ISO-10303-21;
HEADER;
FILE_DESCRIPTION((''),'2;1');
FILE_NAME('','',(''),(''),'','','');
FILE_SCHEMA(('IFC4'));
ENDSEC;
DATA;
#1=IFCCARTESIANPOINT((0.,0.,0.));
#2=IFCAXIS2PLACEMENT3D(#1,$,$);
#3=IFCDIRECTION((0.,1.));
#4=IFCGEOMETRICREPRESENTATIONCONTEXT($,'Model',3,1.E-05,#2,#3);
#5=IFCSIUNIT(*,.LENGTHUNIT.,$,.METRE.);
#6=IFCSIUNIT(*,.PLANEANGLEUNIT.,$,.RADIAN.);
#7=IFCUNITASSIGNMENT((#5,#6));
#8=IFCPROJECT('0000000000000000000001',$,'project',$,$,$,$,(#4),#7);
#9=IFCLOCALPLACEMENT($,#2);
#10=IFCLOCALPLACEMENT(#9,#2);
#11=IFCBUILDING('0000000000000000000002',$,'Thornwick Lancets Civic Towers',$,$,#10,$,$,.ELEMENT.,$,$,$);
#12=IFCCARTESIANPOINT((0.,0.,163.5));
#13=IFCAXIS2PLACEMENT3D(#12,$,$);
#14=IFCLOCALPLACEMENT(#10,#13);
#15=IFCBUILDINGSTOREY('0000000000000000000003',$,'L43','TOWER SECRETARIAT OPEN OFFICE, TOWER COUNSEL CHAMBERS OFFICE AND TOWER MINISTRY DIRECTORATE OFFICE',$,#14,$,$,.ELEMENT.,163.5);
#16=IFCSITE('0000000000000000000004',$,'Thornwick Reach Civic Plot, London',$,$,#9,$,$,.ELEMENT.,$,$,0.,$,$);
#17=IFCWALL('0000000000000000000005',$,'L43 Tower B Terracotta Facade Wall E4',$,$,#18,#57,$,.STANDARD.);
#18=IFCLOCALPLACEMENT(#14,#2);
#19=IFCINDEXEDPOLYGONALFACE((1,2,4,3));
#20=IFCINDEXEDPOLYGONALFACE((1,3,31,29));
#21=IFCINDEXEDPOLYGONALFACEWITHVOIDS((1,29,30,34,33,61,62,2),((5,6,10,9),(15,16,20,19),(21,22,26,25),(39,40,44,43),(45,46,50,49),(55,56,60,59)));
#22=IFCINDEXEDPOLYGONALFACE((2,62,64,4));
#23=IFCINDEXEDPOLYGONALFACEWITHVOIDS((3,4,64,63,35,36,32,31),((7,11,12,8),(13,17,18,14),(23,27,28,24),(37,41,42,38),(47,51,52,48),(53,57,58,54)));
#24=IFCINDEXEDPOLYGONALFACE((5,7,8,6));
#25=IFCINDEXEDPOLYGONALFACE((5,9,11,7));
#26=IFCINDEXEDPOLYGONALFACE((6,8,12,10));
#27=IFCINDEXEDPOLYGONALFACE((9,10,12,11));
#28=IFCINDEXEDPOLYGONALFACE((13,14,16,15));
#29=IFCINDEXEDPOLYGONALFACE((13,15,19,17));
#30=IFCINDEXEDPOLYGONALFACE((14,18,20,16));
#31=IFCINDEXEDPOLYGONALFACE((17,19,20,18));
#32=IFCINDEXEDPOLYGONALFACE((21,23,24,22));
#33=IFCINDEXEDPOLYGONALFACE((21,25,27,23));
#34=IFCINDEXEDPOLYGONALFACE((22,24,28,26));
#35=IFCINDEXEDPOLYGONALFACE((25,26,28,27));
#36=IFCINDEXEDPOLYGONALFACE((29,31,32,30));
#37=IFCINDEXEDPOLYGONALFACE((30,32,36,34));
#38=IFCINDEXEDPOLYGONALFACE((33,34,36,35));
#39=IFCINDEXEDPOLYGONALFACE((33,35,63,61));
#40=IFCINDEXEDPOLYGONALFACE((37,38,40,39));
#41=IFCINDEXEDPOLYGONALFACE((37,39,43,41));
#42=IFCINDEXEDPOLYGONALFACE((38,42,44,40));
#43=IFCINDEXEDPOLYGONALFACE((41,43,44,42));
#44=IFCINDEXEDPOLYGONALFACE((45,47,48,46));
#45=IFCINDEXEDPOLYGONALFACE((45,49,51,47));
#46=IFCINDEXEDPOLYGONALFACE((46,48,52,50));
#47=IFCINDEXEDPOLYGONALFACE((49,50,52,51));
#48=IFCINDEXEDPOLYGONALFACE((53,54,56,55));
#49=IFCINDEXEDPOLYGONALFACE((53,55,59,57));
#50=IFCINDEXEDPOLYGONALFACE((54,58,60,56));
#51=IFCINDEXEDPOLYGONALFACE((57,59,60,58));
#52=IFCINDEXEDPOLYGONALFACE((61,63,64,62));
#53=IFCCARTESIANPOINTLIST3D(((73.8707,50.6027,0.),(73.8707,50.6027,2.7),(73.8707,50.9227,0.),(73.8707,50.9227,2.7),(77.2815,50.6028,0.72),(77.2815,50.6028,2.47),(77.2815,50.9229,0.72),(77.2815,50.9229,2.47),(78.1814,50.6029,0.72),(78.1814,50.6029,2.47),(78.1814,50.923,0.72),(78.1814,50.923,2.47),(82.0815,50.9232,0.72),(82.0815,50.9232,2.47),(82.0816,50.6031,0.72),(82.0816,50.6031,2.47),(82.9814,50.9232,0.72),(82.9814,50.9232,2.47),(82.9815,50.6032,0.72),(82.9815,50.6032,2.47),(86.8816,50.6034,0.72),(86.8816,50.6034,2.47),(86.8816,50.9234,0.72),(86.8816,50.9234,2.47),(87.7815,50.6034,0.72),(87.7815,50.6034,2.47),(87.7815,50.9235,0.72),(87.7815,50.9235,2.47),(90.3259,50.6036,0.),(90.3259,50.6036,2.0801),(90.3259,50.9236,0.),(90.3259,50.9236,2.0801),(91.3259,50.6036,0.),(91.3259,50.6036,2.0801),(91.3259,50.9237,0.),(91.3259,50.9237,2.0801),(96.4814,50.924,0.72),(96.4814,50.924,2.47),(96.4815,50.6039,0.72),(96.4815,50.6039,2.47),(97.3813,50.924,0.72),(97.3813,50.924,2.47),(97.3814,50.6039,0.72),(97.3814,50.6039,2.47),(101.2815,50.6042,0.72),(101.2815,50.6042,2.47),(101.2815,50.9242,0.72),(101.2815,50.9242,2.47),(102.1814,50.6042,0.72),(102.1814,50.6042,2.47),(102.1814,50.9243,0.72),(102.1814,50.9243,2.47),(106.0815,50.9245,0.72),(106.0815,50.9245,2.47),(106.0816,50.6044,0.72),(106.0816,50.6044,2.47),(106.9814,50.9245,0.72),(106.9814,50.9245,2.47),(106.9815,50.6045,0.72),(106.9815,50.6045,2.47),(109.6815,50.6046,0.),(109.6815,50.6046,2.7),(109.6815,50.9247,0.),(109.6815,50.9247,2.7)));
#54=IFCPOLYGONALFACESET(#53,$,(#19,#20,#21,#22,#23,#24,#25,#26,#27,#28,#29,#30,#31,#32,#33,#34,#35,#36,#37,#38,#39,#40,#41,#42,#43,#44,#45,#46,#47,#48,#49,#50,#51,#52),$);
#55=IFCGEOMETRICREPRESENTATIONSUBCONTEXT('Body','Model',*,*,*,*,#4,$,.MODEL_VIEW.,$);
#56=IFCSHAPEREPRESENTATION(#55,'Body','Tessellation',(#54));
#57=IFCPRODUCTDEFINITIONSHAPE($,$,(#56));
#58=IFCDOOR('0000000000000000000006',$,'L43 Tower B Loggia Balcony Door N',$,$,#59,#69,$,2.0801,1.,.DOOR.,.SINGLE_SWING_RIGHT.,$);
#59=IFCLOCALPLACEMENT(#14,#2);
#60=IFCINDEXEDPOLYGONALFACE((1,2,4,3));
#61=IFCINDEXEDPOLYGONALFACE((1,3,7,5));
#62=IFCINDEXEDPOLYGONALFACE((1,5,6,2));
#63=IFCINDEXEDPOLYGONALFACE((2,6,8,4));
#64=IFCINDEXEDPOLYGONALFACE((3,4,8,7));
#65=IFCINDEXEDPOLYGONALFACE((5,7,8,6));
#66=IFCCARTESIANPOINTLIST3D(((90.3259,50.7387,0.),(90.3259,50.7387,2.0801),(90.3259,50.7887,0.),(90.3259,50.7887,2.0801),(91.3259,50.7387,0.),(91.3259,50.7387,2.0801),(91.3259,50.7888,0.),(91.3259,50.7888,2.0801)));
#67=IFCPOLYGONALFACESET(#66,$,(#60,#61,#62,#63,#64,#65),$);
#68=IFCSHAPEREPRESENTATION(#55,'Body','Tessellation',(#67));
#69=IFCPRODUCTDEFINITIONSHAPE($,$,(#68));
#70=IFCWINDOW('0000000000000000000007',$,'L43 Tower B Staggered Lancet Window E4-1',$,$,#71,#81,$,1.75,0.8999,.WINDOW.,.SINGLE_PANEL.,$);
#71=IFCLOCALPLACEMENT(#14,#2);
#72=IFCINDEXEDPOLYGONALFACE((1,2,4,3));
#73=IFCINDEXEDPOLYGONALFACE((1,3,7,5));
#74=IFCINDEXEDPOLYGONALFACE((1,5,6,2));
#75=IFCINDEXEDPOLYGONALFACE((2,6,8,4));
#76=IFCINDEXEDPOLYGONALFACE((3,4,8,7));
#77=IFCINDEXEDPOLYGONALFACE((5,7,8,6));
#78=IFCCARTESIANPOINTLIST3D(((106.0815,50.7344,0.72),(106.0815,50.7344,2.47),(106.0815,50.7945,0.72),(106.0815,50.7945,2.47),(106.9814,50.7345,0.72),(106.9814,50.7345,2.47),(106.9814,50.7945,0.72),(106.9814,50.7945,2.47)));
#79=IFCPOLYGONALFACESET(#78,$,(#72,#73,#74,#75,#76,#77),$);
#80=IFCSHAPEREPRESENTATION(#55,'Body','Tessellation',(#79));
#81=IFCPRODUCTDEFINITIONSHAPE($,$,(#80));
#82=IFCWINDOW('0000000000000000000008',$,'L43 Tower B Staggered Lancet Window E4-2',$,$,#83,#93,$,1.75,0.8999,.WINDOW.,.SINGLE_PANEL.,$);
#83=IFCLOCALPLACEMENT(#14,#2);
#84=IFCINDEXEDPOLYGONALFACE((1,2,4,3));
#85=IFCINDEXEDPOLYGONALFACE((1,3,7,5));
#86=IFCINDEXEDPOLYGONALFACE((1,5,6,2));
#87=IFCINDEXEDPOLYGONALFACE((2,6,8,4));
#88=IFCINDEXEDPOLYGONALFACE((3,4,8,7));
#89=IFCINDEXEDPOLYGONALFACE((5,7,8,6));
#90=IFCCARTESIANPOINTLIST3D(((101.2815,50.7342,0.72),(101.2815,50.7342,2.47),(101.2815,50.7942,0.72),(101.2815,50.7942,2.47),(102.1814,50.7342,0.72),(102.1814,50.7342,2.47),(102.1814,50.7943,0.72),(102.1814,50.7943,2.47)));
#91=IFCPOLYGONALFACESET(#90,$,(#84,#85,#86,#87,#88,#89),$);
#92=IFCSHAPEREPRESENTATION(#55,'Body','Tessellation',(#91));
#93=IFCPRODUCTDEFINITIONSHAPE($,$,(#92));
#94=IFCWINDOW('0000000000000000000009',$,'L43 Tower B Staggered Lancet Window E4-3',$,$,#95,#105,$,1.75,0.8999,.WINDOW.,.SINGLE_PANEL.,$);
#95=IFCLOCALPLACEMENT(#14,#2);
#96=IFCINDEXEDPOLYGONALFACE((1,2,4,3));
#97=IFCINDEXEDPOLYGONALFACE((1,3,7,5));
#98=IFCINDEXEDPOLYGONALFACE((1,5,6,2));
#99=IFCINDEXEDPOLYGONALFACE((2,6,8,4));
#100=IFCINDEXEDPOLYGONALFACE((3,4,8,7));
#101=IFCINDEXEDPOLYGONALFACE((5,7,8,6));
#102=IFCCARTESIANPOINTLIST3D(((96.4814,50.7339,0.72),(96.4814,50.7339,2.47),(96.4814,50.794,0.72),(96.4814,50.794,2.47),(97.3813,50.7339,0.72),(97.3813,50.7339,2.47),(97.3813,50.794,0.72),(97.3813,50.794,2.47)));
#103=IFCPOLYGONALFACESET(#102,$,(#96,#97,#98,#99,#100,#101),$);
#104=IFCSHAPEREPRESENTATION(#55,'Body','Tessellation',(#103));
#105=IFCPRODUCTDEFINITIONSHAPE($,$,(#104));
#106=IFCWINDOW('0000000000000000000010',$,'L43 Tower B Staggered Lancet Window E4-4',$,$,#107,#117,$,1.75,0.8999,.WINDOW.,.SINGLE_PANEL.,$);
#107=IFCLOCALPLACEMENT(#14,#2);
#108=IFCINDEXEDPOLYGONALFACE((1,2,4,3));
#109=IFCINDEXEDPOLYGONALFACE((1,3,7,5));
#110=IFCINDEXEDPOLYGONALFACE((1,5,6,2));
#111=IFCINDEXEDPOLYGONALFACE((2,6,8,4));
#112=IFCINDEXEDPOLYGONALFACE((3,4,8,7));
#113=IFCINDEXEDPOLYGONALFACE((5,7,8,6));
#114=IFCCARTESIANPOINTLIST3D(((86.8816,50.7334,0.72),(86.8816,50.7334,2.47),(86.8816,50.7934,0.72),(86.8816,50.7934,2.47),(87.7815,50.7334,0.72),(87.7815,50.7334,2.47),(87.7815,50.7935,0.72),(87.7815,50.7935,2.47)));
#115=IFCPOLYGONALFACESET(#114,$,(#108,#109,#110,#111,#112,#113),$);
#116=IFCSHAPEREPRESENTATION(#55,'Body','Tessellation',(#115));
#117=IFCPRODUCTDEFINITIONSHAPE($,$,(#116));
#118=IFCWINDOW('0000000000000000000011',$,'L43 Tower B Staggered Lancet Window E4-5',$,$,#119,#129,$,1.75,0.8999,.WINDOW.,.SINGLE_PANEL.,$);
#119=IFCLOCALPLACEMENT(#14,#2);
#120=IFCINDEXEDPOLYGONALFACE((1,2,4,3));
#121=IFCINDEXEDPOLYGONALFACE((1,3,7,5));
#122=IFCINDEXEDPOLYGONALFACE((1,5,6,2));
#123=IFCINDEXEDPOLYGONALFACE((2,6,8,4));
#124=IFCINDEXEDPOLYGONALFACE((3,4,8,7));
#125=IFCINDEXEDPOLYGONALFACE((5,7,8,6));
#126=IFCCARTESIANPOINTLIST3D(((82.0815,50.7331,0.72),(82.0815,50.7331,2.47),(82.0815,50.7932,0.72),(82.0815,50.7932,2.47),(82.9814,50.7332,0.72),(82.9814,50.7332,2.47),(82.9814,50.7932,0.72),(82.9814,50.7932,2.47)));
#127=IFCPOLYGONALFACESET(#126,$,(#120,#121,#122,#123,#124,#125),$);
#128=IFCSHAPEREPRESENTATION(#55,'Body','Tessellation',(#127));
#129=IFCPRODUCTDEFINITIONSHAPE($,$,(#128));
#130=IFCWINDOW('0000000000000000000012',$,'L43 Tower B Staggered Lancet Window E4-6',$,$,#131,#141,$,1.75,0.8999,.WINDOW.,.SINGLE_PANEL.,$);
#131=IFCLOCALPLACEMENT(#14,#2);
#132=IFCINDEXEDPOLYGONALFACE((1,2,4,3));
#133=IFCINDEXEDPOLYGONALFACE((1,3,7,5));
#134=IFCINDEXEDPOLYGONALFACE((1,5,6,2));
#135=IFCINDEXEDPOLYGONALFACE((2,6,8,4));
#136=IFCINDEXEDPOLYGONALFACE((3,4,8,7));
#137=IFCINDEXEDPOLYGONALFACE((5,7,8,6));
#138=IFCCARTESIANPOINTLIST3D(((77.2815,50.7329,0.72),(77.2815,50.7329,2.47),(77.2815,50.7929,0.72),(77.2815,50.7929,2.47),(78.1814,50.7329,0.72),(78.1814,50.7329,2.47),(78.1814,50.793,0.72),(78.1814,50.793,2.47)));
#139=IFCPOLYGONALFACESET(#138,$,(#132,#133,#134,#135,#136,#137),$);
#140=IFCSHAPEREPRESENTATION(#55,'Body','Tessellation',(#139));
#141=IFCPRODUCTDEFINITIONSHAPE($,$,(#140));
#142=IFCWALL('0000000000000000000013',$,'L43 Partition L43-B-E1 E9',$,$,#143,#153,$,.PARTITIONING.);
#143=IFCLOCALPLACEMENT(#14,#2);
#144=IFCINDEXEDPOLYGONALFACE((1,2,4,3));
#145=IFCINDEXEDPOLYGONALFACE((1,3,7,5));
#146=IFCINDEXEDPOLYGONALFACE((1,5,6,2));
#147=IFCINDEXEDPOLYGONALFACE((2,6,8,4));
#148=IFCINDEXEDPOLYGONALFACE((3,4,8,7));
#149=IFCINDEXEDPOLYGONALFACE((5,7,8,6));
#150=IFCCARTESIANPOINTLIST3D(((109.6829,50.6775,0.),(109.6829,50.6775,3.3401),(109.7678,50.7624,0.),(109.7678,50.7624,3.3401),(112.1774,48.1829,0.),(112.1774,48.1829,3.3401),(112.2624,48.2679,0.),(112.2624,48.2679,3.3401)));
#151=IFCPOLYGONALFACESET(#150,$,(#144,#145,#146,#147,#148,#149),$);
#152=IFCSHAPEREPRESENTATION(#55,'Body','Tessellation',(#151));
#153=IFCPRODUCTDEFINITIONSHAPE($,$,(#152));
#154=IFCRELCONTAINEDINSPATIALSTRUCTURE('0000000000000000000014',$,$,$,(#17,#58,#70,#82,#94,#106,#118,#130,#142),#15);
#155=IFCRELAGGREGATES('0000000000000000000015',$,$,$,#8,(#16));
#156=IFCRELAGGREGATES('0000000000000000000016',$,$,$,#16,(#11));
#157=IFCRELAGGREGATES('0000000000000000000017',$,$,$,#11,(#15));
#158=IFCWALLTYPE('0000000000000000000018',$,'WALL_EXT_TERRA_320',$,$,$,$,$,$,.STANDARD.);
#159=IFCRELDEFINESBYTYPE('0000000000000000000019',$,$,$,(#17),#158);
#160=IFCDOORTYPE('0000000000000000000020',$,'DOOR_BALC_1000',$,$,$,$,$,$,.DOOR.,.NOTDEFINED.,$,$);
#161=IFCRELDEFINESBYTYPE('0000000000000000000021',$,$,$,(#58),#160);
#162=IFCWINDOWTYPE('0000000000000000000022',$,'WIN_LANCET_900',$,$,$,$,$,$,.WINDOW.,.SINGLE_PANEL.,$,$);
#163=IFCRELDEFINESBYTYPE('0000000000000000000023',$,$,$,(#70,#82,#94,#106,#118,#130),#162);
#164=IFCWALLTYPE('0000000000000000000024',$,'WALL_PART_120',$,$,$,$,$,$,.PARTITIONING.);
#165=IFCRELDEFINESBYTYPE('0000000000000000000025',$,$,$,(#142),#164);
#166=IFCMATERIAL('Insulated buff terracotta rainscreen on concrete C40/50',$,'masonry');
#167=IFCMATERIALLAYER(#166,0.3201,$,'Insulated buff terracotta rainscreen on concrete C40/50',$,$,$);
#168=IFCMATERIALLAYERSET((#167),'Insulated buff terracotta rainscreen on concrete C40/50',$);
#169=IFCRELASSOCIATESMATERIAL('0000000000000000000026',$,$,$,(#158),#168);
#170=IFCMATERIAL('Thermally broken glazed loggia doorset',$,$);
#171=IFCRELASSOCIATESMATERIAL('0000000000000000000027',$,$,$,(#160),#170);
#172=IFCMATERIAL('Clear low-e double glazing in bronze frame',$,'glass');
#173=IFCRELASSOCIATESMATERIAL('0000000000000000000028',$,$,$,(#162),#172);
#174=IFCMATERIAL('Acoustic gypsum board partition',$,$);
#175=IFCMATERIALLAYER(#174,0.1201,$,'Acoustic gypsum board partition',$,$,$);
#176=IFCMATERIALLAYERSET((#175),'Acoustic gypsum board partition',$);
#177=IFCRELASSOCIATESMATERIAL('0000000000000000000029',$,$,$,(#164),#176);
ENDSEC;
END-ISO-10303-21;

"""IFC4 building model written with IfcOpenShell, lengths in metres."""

from ifc_helpers import new_model, si_unit, direction, frame, frame_2d, origin, place, context, subcontext, project, spatial, rectangle, extrude, material, layer, layer_set, type_object, element, fill, save


model = new_model("IFC4")

# Units and contexts
model_context = context("Model", 3, precision=1e-05, world=origin(), true_north=direction((0.0, 1.0)))
body_context = subcontext(model_context, "Body", "Model", "MODEL_VIEW")
ifc_project = project(units=[si_unit("LENGTHUNIT", "METRE"), si_unit("PLANEANGLEUNIT", "RADIAN")], contexts=[model_context])

# Site, building, storey
site_placement = place(None, origin())
site = spatial("IfcSite", under=ifc_project, at=site_placement, Name="Thornwick Reach Civic Plot, London", CompositionType="ELEMENT", RefElevation=0.0)
building_placement = place(site_placement, origin())
building = spatial("IfcBuilding", under=site, at=building_placement, Name="Thornwick Lancets Civic Towers", CompositionType="ELEMENT")
storey_placement = place(building_placement, frame((0.0, 0.0, 163.5)))
storey = spatial("IfcBuildingStorey", under=building, at=storey_placement, Name="L43", Description="TOWER SECRETARIAT OPEN OFFICE, TOWER COUNSEL CHAMBERS OFFICE AND TOWER MINISTRY DIRECTORATE OFFICE", CompositionType="ELEMENT", Elevation=163.5)

# Wall, openings, door, windows
ifc_material_1 = material(Name="Insulated buff terracotta rainscreen on concrete C40/50", Category="masonry")
ifc_layer_1 = layer(ifc_material_1, 0.3201, Name="Insulated buff terracotta rainscreen on concrete C40/50")
ifc_layer_set_1 = layer_set([ifc_layer_1], Name="Insulated buff terracotta rainscreen on concrete C40/50")
wall_type_1 = type_object("IfcWallType", Name="WALL_EXT_TERRA_320", PredefinedType="STANDARD", material=ifc_layer_set_1)
wall_1_placement = place(storey_placement, frame((109.6814, 50.7646, 0.0), z_axis=(0.0, 0.0, 1.0), x_axis=(-1.0, -0.000055, 0.0)))
wall_1 = element("IfcWall", 1, at=wall_1_placement, inside=storey, type_object=wall_type_1, Name="L43 Tower B Terracotta Facade Wall E4", PredefinedType="STANDARD", context=body_context, shape_type="SweptSolid", body=[
    extrude(rectangle(XDim=35.8108, YDim=0.3201, at=frame_2d((17.9053, 0.0))), origin(), (0.0, 0.0, 1.0), 2.7),
])
opening_1_placement = place(wall_1_placement, frame((18.3555, 0.0, 0.0)))
opening_1 = element("IfcOpeningElement", 2, at=opening_1_placement, cuts=wall_1, PredefinedType="OPENING", context=body_context, shape_type="SweptSolid", body=[
    extrude(rectangle(XDim=1.0, YDim=2.0801, at=frame_2d((0.5, 1.04))), frame((0.0, 0.1699, 0.0), z_axis=(0.0, -1.0, 0.0), x_axis=(1.0, 0.0, 0.0)), (0.0, 0.0, 1.0), 0.3401),
])
opening_2_placement = place(wall_1_placement, frame((2.7, 0.0, 0.72)))
opening_2 = element("IfcOpeningElement", 3, at=opening_2_placement, cuts=wall_1, PredefinedType="OPENING", context=body_context, shape_type="SweptSolid", body=[
    extrude(rectangle(XDim=0.8999, YDim=1.75, at=frame_2d((0.45, 0.875))), frame((0.0, 0.1699, 0.0), z_axis=(0.0, -1.0, 0.0), x_axis=(1.0, 0.0, 0.0)), (0.0, 0.0, 1.0), 0.3401),
])
opening_3_placement = place(wall_1_placement, frame((7.5, 0.0, 0.72)))
opening_3 = element("IfcOpeningElement", 4, at=opening_3_placement, cuts=wall_1, PredefinedType="OPENING", context=body_context, shape_type="SweptSolid", body=[
    extrude(rectangle(XDim=0.8999, YDim=1.75, at=frame_2d((0.45, 0.875))), frame((0.0, 0.1699, 0.0), z_axis=(0.0, -1.0, 0.0), x_axis=(1.0, 0.0, 0.0)), (0.0, 0.0, 1.0), 0.3401),
])
opening_4_placement = place(wall_1_placement, frame((12.3, 0.0, 0.72)))
opening_4 = element("IfcOpeningElement", 5, at=opening_4_placement, cuts=wall_1, PredefinedType="OPENING", context=body_context, shape_type="SweptSolid", body=[
    extrude(rectangle(XDim=0.8999, YDim=1.75, at=frame_2d((0.45, 0.875))), frame((0.0, 0.1699, 0.0), z_axis=(0.0, -1.0, 0.0), x_axis=(1.0, 0.0, 0.0)), (0.0, 0.0, 1.0), 0.3401),
])
opening_5_placement = place(wall_1_placement, frame((21.8999, 0.0, 0.72)))
opening_5 = element("IfcOpeningElement", 6, at=opening_5_placement, cuts=wall_1, PredefinedType="OPENING", context=body_context, shape_type="SweptSolid", body=[
    extrude(rectangle(XDim=0.8999, YDim=1.75, at=frame_2d((0.45, 0.875))), frame((0.0, 0.1699, 0.0), z_axis=(0.0, -1.0, 0.0), x_axis=(1.0, 0.0, 0.0)), (0.0, 0.0, 1.0), 0.3401),
])
opening_6_placement = place(wall_1_placement, frame((26.7, 0.0, 0.72)))
opening_6 = element("IfcOpeningElement", 7, at=opening_6_placement, cuts=wall_1, PredefinedType="OPENING", context=body_context, shape_type="SweptSolid", body=[
    extrude(rectangle(XDim=0.8999, YDim=1.75, at=frame_2d((0.45, 0.875))), frame((0.0, 0.1699, 0.0), z_axis=(0.0, -1.0, 0.0), x_axis=(1.0, 0.0, 0.0)), (0.0, 0.0, 1.0), 0.3401),
])
opening_7_placement = place(wall_1_placement, frame((31.5, 0.0, 0.72)))
opening_7 = element("IfcOpeningElement", 8, at=opening_7_placement, cuts=wall_1, PredefinedType="OPENING", context=body_context, shape_type="SweptSolid", body=[
    extrude(rectangle(XDim=0.8999, YDim=1.75, at=frame_2d((0.45, 0.875))), frame((0.0, 0.1699, 0.0), z_axis=(0.0, -1.0, 0.0), x_axis=(1.0, 0.0, 0.0)), (0.0, 0.0, 1.0), 0.3401),
])
ifc_material_2 = material(Name="Thermally broken glazed loggia doorset")
door_type = type_object("IfcDoorType", Name="DOOR_BALC_1000", OperationType="NOTDEFINED", PredefinedType="DOOR", material=ifc_material_2)
door_placement = place(opening_1_placement, origin())
door = element("IfcDoor", 9, at=door_placement, inside=storey, type_object=door_type, Name="L43 Tower B Loggia Balcony Door N", OperationType="SINGLE_SWING_RIGHT", OverallHeight=2.0801, OverallWidth=1.0, PredefinedType="DOOR", context=body_context, shape_type="SweptSolid", body=[
    extrude(rectangle(XDim=1.0, YDim=2.0801, at=frame_2d((0.5, 1.04))), frame((0.0, 0.0249, 0.0), z_axis=(0.0, -1.0, 0.0), x_axis=(1.0, 0.0, 0.0)), (0.0, 0.0, 1.0), 0.05),
])
fill(opening_1, door)
ifc_material_3 = material(Name="Clear low-e double glazing in bronze frame", Category="glass")
window_type = type_object("IfcWindowType", Name="WIN_LANCET_900", PartitioningType="SINGLE_PANEL", PredefinedType="WINDOW", material=ifc_material_3)
window_1_placement = place(opening_2_placement, origin())
window_1 = element("IfcWindow", 10, at=window_1_placement, inside=storey, type_object=window_type, Name="L43 Tower B Staggered Lancet Window E4-1", OverallHeight=1.75, OverallWidth=0.8999, PartitioningType="SINGLE_PANEL", PredefinedType="WINDOW", context=body_context, shape_type="SweptSolid", body=[
    extrude(rectangle(XDim=0.8999, YDim=1.75, at=frame_2d((0.45, 0.875))), frame((0.0, 0.03, 0.0), z_axis=(0.0, -1.0, 0.0), x_axis=(1.0, 0.0, 0.0)), (0.0, 0.0, 1.0), 0.0601),
])
fill(opening_2, window_1)
window_2_placement = place(opening_3_placement, origin())
window_2 = element("IfcWindow", 11, at=window_2_placement, inside=storey, type_object=window_type, Name="L43 Tower B Staggered Lancet Window E4-2", OverallHeight=1.75, OverallWidth=0.8999, PartitioningType="SINGLE_PANEL", PredefinedType="WINDOW", context=body_context, shape_type="SweptSolid", body=[
    extrude(rectangle(XDim=0.8999, YDim=1.75, at=frame_2d((0.45, 0.875))), frame((0.0, 0.03, 0.0), z_axis=(0.0, -1.0, 0.0), x_axis=(1.0, 0.0, 0.0)), (0.0, 0.0, 1.0), 0.0601),
])
fill(opening_3, window_2)
window_3_placement = place(opening_4_placement, origin())
window_3 = element("IfcWindow", 12, at=window_3_placement, inside=storey, type_object=window_type, Name="L43 Tower B Staggered Lancet Window E4-3", OverallHeight=1.75, OverallWidth=0.8999, PartitioningType="SINGLE_PANEL", PredefinedType="WINDOW", context=body_context, shape_type="SweptSolid", body=[
    extrude(rectangle(XDim=0.8999, YDim=1.75, at=frame_2d((0.45, 0.875))), frame((0.0, 0.03, 0.0), z_axis=(0.0, -1.0, 0.0), x_axis=(1.0, 0.0, 0.0)), (0.0, 0.0, 1.0), 0.0601),
])
fill(opening_4, window_3)
window_4_placement = place(opening_5_placement, origin())
window_4 = element("IfcWindow", 13, at=window_4_placement, inside=storey, type_object=window_type, Name="L43 Tower B Staggered Lancet Window E4-4", OverallHeight=1.75, OverallWidth=0.8999, PartitioningType="SINGLE_PANEL", PredefinedType="WINDOW", context=body_context, shape_type="SweptSolid", body=[
    extrude(rectangle(XDim=0.8999, YDim=1.75, at=frame_2d((0.45, 0.875))), frame((0.0, 0.03, 0.0), z_axis=(0.0, -1.0, 0.0), x_axis=(1.0, 0.0, 0.0)), (0.0, 0.0, 1.0), 0.0601),
])
fill(opening_5, window_4)
window_5_placement = place(opening_6_placement, origin())
window_5 = element("IfcWindow", 14, at=window_5_placement, inside=storey, type_object=window_type, Name="L43 Tower B Staggered Lancet Window E4-5", OverallHeight=1.75, OverallWidth=0.8999, PartitioningType="SINGLE_PANEL", PredefinedType="WINDOW", context=body_context, shape_type="SweptSolid", body=[
    extrude(rectangle(XDim=0.8999, YDim=1.75, at=frame_2d((0.45, 0.875))), frame((0.0, 0.03, 0.0), z_axis=(0.0, -1.0, 0.0), x_axis=(1.0, 0.0, 0.0)), (0.0, 0.0, 1.0), 0.0601),
])
fill(opening_6, window_5)
window_6_placement = place(opening_7_placement, origin())
window_6 = element("IfcWindow", 15, at=window_6_placement, inside=storey, type_object=window_type, Name="L43 Tower B Staggered Lancet Window E4-6", OverallHeight=1.75, OverallWidth=0.8999, PartitioningType="SINGLE_PANEL", PredefinedType="WINDOW", context=body_context, shape_type="SweptSolid", body=[
    extrude(rectangle(XDim=0.8999, YDim=1.75, at=frame_2d((0.45, 0.875))), frame((0.0, 0.03, 0.0), z_axis=(0.0, -1.0, 0.0), x_axis=(1.0, 0.0, 0.0)), (0.0, 0.0, 1.0), 0.0601),
])
fill(opening_7, window_6)

# Wall
ifc_material_4 = material(Name="Acoustic gypsum board partition")
ifc_layer_2 = layer(ifc_material_4, 0.1201, Name="Acoustic gypsum board partition")
ifc_layer_set_2 = layer_set([ifc_layer_2], Name="Acoustic gypsum board partition")
wall_type_2 = type_object("IfcWallType", Name="WALL_PART_120", PredefinedType="PARTITIONING", material=ifc_layer_set_2)
wall_2_placement = place(storey_placement, frame((109.7253, 50.72, 0.0), z_axis=(0.0, 0.0, 1.0), x_axis=(0.707107, -0.707107, 0.0)))
element("IfcWall", 16, at=wall_2_placement, inside=storey, type_object=wall_type_2, Name="L43 Partition L43-B-E1 E9", PredefinedType="PARTITIONING", context=body_context, shape_type="SweptSolid", body=[
    extrude(rectangle(XDim=3.5278, YDim=0.1201, at=frame_2d((1.7639, 0.0))), origin(), (0.0, 0.0, 1.0), 3.3401),
])

save(model, "model.ifc")
